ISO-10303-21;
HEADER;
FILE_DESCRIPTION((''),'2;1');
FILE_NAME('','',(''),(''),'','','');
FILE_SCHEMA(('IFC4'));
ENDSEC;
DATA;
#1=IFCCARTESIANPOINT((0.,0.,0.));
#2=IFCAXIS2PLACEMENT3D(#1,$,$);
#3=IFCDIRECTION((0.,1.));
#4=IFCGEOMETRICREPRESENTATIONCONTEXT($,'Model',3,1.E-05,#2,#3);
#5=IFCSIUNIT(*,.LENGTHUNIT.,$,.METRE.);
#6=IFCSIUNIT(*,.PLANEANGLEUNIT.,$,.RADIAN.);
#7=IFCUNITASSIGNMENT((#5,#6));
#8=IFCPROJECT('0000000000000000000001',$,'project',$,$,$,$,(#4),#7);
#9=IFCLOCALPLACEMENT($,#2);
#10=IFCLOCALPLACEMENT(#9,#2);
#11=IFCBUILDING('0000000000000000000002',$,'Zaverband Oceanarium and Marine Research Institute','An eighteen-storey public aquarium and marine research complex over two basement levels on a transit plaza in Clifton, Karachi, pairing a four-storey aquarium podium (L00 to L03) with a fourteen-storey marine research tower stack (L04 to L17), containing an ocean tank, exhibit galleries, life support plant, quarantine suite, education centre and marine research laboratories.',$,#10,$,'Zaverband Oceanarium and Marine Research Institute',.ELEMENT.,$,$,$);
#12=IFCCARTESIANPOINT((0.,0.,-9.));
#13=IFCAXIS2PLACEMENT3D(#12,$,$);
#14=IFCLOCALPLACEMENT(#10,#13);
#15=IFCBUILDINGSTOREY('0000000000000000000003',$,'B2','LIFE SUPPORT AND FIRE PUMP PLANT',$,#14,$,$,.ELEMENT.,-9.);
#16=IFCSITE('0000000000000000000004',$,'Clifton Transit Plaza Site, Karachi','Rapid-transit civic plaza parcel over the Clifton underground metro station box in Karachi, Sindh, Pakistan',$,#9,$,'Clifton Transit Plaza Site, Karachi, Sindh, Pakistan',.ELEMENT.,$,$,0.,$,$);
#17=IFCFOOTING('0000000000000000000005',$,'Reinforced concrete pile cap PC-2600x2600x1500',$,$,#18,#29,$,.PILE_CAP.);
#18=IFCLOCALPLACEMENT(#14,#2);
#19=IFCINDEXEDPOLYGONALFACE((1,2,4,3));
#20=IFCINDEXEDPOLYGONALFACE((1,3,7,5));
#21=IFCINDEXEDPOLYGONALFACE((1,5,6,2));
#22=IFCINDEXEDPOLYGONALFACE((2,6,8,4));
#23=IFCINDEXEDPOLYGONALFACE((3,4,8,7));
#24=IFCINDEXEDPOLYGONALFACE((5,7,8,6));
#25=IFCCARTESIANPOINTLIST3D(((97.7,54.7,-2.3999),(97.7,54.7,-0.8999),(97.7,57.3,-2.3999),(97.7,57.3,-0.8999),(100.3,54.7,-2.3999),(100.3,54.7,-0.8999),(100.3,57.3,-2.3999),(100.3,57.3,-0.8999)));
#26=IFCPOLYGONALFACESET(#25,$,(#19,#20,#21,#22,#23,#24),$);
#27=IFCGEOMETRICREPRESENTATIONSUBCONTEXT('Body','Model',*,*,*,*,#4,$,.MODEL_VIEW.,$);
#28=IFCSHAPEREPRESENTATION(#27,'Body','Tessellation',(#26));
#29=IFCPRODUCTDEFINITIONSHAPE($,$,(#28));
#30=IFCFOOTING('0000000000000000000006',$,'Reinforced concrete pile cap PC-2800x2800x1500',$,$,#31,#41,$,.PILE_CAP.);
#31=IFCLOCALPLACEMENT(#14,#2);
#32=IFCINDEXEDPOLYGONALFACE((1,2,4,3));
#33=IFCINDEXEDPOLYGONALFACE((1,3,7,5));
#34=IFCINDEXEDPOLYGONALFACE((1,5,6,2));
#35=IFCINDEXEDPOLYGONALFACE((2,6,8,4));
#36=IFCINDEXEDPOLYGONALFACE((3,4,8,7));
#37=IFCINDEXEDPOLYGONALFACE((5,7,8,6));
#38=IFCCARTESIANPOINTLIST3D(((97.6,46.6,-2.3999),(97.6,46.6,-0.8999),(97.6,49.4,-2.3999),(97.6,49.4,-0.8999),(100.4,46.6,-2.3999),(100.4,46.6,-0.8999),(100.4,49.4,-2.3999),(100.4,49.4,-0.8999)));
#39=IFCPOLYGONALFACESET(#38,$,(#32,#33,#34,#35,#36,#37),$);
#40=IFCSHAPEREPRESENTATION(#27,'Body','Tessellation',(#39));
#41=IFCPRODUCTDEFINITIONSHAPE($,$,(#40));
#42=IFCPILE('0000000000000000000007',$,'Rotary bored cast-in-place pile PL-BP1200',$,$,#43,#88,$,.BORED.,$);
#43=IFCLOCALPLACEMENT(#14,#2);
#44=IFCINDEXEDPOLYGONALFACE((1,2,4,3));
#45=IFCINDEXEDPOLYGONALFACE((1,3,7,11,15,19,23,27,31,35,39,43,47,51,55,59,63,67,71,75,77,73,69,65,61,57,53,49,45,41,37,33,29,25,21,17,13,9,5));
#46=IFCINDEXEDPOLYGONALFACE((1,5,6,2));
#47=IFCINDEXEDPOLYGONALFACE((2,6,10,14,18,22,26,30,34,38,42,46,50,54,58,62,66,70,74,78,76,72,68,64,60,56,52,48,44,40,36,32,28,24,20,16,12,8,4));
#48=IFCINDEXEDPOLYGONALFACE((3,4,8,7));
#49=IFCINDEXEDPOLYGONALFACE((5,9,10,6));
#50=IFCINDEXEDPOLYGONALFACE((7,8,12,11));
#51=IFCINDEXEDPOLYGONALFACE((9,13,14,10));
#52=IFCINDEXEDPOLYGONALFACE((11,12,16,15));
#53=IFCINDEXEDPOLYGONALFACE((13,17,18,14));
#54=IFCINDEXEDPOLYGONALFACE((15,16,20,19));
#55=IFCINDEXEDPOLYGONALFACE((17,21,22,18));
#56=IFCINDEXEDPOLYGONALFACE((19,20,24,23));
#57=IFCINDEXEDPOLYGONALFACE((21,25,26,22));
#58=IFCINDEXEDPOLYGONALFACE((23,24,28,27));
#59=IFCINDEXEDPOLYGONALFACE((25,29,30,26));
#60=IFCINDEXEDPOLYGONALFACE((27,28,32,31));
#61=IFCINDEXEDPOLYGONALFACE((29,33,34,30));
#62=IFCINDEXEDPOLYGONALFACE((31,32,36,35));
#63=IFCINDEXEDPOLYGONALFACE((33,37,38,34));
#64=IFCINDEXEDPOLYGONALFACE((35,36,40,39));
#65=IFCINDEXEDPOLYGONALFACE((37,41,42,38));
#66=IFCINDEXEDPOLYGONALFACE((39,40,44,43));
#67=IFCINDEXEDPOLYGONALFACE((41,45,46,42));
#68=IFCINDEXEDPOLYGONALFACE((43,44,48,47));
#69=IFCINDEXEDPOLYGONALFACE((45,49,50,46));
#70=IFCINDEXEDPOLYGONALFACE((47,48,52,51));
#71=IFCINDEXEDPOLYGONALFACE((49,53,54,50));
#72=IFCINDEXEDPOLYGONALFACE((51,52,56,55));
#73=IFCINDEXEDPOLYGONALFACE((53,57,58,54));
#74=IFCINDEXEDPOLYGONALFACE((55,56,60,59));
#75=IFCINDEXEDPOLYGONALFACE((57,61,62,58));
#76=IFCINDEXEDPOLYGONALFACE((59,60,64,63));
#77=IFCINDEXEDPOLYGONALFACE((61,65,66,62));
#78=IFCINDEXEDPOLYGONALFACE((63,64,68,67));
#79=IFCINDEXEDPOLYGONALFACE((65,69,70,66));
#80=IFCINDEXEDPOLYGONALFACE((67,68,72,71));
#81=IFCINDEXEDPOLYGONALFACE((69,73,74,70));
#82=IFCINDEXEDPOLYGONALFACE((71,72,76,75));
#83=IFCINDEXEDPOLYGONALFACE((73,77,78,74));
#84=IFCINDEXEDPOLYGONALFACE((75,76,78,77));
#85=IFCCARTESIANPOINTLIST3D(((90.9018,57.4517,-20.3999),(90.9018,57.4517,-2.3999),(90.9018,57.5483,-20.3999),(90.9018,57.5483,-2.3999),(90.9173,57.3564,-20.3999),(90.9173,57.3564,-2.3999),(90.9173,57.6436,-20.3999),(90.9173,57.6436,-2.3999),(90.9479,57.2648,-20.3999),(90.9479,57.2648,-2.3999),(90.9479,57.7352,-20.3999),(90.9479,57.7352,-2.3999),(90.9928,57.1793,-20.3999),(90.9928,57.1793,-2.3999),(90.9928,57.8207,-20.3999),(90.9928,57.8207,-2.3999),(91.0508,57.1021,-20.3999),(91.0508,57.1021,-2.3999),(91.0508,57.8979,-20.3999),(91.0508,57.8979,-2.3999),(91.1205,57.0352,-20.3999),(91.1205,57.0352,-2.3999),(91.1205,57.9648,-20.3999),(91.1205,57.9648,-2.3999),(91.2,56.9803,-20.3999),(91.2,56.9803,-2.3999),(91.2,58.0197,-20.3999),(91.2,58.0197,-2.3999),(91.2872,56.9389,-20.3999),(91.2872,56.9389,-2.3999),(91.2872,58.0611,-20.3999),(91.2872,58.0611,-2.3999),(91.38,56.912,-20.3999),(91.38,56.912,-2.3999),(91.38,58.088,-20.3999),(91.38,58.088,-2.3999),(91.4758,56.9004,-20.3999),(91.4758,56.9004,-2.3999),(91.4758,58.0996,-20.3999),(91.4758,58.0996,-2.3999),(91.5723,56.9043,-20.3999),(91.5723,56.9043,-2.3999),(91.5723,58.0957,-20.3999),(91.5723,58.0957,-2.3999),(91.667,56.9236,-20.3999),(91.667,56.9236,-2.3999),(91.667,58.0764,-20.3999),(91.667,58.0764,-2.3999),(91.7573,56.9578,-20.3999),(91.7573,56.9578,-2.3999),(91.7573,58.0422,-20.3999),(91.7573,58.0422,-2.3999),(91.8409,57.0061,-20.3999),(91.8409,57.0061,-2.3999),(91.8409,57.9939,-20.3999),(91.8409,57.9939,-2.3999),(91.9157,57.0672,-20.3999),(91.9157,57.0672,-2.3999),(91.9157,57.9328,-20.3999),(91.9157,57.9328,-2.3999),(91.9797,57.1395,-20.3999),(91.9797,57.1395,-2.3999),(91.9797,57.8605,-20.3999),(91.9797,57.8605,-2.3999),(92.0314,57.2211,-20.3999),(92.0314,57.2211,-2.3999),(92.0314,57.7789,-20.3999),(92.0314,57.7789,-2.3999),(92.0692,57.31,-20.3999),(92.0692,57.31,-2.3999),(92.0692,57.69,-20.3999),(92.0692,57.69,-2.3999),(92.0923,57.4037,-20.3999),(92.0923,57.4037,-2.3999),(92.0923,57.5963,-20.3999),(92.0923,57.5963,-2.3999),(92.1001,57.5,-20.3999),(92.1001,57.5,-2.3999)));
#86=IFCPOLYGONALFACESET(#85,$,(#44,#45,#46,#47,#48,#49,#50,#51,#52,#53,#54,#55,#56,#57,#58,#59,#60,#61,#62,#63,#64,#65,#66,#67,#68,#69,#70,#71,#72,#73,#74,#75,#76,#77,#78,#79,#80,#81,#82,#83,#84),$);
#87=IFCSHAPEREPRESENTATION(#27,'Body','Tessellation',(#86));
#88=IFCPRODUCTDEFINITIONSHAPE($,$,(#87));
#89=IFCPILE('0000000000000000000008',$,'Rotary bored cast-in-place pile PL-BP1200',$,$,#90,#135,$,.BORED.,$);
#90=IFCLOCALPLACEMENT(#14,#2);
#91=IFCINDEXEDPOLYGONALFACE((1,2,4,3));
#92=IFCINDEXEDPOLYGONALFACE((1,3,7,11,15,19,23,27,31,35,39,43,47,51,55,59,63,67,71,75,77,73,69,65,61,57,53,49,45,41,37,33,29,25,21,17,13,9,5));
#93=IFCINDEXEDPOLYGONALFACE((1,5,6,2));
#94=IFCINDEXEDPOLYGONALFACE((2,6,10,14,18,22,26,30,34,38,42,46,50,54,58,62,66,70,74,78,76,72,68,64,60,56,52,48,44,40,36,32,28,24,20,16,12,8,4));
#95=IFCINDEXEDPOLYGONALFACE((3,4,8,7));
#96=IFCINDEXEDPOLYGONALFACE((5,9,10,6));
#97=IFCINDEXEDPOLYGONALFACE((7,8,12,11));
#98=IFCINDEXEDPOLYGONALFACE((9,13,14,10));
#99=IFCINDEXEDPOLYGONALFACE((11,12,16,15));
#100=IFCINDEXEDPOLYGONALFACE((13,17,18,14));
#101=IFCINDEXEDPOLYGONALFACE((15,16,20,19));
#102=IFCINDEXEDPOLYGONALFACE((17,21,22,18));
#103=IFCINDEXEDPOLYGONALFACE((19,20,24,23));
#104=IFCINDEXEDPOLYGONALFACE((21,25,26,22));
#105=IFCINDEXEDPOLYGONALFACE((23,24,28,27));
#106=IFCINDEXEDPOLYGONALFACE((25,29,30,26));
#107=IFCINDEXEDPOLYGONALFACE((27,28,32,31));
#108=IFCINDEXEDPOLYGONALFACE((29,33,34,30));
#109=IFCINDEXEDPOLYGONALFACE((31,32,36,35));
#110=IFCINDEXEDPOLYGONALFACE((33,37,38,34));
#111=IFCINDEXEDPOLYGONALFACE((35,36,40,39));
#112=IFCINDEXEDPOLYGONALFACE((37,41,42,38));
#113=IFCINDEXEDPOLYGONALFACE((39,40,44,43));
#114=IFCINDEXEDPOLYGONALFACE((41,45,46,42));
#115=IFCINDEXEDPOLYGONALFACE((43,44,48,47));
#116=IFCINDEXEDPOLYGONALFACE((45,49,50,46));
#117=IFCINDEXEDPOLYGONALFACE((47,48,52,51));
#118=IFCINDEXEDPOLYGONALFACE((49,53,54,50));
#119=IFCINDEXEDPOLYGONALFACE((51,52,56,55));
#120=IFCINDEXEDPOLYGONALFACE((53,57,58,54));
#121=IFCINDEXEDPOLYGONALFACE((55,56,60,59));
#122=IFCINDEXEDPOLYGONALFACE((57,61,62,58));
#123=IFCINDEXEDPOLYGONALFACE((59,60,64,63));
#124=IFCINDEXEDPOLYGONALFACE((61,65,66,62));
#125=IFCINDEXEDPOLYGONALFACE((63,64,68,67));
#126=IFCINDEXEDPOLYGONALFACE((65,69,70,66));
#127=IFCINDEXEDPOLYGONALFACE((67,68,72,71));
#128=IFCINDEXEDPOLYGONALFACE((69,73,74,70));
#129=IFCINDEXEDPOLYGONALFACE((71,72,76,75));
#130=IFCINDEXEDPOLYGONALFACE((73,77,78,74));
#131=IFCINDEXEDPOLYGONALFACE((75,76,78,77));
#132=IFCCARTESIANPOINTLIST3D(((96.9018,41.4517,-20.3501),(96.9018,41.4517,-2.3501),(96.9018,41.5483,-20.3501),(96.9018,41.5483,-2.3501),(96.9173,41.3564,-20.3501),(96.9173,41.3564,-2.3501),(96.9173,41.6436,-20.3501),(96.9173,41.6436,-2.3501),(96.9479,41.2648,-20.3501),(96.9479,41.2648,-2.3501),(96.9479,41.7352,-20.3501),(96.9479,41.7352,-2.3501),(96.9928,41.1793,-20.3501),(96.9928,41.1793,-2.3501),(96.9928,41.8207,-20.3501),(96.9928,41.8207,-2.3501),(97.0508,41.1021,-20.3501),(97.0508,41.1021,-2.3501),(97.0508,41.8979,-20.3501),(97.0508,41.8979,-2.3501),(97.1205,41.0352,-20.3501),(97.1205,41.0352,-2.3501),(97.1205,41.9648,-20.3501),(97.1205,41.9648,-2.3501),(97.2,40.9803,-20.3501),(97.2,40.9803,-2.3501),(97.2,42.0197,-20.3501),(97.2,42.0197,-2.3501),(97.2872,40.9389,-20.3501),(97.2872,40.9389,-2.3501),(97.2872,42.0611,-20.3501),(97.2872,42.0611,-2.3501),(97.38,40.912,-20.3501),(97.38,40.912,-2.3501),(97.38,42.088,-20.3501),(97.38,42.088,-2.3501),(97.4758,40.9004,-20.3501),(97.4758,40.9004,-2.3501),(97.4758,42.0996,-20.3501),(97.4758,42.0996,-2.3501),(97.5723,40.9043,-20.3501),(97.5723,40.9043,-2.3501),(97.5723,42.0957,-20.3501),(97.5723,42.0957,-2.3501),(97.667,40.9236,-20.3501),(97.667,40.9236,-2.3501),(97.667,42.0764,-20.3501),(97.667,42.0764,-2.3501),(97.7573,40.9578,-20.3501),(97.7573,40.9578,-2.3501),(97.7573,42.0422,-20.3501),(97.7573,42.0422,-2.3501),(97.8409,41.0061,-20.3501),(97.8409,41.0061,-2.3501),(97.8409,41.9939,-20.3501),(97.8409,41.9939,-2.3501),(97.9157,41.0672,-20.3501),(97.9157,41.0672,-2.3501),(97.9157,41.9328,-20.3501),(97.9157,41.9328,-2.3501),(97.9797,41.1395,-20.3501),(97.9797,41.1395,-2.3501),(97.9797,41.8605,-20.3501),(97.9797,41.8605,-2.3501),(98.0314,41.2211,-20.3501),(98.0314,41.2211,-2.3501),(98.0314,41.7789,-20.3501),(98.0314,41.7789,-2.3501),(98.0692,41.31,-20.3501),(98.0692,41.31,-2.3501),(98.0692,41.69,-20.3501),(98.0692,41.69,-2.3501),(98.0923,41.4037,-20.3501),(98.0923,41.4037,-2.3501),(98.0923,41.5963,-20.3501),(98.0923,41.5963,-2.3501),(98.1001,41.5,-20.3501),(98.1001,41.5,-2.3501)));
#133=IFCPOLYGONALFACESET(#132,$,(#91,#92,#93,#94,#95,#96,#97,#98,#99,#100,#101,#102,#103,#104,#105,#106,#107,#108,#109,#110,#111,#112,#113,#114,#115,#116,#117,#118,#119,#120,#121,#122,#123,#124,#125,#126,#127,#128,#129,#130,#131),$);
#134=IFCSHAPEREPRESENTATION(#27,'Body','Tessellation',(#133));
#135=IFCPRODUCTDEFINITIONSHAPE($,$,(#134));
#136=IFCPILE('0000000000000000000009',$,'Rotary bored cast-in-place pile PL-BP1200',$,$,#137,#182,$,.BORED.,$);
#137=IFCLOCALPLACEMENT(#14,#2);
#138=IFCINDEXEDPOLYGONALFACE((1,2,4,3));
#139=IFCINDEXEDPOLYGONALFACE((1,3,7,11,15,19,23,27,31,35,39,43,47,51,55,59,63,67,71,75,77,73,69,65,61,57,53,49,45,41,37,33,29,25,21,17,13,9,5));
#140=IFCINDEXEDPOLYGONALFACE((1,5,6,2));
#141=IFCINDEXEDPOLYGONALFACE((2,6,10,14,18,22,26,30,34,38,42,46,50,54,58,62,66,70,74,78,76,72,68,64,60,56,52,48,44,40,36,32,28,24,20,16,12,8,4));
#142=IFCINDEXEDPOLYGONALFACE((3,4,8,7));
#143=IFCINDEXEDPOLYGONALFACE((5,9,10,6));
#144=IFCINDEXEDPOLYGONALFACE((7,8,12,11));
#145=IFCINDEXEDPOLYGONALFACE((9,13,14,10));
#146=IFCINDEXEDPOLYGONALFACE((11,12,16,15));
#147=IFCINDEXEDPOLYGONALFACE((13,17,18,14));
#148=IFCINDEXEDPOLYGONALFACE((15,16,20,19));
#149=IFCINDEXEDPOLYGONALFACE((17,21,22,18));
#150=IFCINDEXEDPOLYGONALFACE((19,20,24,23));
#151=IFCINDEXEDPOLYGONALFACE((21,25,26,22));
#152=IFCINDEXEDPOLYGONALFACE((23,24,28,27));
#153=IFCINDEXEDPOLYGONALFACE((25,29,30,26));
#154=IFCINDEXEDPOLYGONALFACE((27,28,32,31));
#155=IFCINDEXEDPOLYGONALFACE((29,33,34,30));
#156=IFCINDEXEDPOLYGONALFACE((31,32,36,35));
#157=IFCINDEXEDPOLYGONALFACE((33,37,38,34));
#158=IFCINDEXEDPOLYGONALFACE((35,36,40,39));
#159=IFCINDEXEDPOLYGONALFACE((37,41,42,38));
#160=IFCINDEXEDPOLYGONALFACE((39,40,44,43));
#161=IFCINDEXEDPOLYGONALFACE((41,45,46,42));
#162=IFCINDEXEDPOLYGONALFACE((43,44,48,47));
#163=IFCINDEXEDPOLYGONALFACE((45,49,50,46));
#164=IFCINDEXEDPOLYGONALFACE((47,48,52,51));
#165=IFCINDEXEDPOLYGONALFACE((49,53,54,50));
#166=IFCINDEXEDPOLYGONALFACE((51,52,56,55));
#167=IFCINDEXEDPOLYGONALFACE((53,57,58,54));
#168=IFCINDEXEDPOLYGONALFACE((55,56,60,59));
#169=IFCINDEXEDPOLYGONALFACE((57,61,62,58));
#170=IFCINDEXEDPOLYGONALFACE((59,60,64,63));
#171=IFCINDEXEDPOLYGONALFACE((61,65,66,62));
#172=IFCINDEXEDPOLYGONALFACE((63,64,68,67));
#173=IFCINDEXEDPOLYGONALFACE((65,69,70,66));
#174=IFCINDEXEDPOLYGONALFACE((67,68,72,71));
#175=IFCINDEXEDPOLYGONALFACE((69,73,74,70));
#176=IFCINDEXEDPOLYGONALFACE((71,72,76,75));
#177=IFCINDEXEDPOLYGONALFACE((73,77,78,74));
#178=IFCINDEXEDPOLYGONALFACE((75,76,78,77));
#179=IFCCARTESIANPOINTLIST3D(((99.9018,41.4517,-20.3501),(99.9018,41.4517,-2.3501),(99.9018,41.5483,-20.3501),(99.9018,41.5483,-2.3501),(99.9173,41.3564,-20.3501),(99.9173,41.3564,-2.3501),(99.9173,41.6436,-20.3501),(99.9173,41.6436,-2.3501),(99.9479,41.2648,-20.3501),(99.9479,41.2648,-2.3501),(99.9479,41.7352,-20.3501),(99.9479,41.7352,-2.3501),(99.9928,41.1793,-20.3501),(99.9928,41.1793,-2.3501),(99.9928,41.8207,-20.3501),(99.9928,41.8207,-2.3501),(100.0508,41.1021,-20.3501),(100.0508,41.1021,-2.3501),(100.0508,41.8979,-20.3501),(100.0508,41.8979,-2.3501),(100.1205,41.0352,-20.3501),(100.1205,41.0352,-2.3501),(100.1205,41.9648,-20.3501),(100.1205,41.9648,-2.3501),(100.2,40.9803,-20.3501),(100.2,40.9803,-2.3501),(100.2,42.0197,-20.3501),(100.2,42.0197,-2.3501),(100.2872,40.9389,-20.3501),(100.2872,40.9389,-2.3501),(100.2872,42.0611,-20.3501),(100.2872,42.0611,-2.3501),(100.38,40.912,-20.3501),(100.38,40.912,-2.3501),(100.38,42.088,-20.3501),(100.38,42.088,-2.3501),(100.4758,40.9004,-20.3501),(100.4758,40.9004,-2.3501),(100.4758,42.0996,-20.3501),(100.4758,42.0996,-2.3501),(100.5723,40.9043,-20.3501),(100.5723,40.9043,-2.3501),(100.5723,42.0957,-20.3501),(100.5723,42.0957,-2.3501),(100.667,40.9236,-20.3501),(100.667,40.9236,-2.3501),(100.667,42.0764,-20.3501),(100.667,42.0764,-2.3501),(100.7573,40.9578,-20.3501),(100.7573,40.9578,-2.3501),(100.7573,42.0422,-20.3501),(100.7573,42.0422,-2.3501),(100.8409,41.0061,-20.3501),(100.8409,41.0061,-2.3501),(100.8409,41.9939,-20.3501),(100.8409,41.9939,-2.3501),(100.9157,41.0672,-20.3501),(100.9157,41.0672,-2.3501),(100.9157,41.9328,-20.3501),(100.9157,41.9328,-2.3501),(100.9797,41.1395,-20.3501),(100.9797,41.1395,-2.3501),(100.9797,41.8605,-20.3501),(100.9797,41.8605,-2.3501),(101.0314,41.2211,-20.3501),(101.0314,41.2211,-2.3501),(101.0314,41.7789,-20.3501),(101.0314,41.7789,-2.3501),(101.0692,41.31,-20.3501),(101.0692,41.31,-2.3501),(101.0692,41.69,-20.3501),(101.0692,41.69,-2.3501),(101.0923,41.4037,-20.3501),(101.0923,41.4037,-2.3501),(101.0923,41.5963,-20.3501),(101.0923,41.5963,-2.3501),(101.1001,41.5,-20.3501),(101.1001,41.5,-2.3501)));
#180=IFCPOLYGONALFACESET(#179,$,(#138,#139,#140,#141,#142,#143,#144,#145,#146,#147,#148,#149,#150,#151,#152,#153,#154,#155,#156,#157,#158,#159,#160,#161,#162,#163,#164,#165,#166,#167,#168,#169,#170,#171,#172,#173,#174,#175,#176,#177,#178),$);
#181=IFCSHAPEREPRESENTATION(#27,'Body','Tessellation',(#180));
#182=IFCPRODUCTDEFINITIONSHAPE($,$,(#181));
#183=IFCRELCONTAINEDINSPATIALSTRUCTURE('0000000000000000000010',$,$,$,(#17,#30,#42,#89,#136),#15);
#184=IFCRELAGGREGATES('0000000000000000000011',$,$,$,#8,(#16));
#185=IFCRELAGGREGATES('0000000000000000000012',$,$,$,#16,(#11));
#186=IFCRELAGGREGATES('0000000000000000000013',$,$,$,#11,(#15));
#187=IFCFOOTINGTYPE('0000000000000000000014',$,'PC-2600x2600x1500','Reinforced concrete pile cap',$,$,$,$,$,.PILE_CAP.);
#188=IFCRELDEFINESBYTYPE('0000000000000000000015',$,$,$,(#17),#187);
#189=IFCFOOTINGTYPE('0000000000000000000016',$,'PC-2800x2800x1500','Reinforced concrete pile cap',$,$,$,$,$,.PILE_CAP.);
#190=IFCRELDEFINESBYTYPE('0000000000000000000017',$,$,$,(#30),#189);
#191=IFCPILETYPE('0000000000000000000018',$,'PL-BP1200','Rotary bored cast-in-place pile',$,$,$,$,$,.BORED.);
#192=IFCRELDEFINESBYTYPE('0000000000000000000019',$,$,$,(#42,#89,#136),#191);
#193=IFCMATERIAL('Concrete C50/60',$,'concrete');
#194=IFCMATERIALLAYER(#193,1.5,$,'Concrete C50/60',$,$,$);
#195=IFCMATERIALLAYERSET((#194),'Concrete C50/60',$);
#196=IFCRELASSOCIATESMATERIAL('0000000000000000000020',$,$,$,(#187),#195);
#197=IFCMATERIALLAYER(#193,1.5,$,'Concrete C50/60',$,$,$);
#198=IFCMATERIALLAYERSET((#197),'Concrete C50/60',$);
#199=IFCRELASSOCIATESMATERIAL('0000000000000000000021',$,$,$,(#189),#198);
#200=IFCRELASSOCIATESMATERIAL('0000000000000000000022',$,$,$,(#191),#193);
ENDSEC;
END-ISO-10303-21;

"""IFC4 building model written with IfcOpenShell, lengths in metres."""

from ifc_helpers import new_model, si_unit, direction, frame, origin, origin_2d, place, context, subcontext, project, spatial, rectangle, circle, extrude, material, layer, layer_set, material_profile, profile_set, type_object, element, save


model = new_model("IFC4")

# Units and contexts
model_context = context("Model", 3, precision=1e-05, world=origin(), true_north=direction((0.0, 1.0)))
body_context = subcontext(model_context, "Body", "Model", "MODEL_VIEW")
ifc_project = project(units=[si_unit("LENGTHUNIT", "METRE"), si_unit("PLANEANGLEUNIT", "RADIAN")], contexts=[model_context])

# Site, building, storey
site_placement = place(None, origin())
site = spatial("IfcSite", under=ifc_project, at=site_placement, Name="Clifton Transit Plaza Site, Karachi", Description="Rapid-transit civic plaza parcel over the Clifton underground metro station box in Karachi, Sindh, Pakistan", LongName="Clifton Transit Plaza Site, Karachi, Sindh, Pakistan", CompositionType="ELEMENT", RefElevation=0.0)
building_placement = place(site_placement, origin())
building = spatial("IfcBuilding", under=site, at=building_placement, Name="Zaverband Oceanarium and Marine Research Institute", Description="An eighteen-storey public aquarium and marine research complex over two basement levels on a transit plaza in Clifton, Karachi, pairing a four-storey aquarium podium (L00 to L03) with a fourteen-storey marine research tower stack (L04 to L17), containing an ocean tank, exhibit galleries, life support plant, quarantine suite, education centre and marine research laboratories.", LongName="Zaverband Oceanarium and Marine Research Institute", CompositionType="ELEMENT")
storey_placement = place(building_placement, frame((0.0, 0.0, -9.0)))
storey = spatial("IfcBuildingStorey", under=building, at=storey_placement, Name="B2", Description="LIFE SUPPORT AND FIRE PUMP PLANT", CompositionType="ELEMENT", Elevation=-9.0)

# Footings
ifc_material_1 = material(Name="Concrete C50/60", Category="concrete")
ifc_layer_1 = layer(ifc_material_1, 1.5, Name="Concrete C50/60")
ifc_layer_set_1 = layer_set([ifc_layer_1], Name="Concrete C50/60")
footing_type_1 = type_object("IfcFootingType", Name="PC-2600x2600x1500", Description="Reinforced concrete pile cap", PredefinedType="PILE_CAP", material=ifc_layer_set_1)
footing_1_placement = place(storey_placement, frame((99.0, 56.0, -2.3999), z_axis=(0.0, 0.0, 1.0), x_axis=(1.0, 0.0, 0.0)))
element("IfcFooting", 1, at=footing_1_placement, inside=storey, type_object=footing_type_1, Name="Reinforced concrete pile cap PC-2600x2600x1500", PredefinedType="PILE_CAP", context=body_context, shape_type="SweptSolid", body=[
    extrude(rectangle(XDim=2.6001, YDim=2.6001, at=origin_2d()), origin(), (0.0, 0.0, 1.0), 1.5),
])
ifc_layer_2 = layer(ifc_material_1, 1.5, Name="Concrete C50/60")
ifc_layer_set_2 = layer_set([ifc_layer_2], Name="Concrete C50/60")
footing_type_2 = type_object("IfcFootingType", Name="PC-2800x2800x1500", Description="Reinforced concrete pile cap", PredefinedType="PILE_CAP", material=ifc_layer_set_2)
footing_2_placement = place(storey_placement, frame((99.0, 48.0, -2.3999), z_axis=(0.0, 0.0, 1.0), x_axis=(1.0, 0.0, 0.0)))
element("IfcFooting", 2, at=footing_2_placement, inside=storey, type_object=footing_type_2, Name="Reinforced concrete pile cap PC-2800x2800x1500", PredefinedType="PILE_CAP", context=body_context, shape_type="SweptSolid", body=[
    extrude(rectangle(XDim=2.8, YDim=2.8, at=origin_2d()), origin(), (0.0, 0.0, 1.0), 1.5),
])

# Piles
ifc_material_profile_1 = material_profile(ifc_material_1, circle(Radius=0.6001, at=origin_2d()), Name="BP1200")
ifc_profile_set_1 = profile_set([ifc_material_profile_1], Name="Concrete C50/60")
pile_type = type_object("IfcPileType", Name="PL-BP1200", Description="Rotary bored cast-in-place pile", PredefinedType="BORED", material=ifc_profile_set_1)
for number, where, z_axis, x_axis, name in (
    (3, (91.5, 57.5, -2.3999), (0.0, 0.0, -1.0), (1.0, 0.0, 0.0), "Rotary bored cast-in-place pile PL-BP1200"),
    (4, (97.5, 41.5, -2.3501), (0.0, 0.0, -1.0), (1.0, 0.0, 0.0), "Rotary bored cast-in-place pile PL-BP1200"),
    (5, (100.5, 41.5, -2.3501), (0.0, 0.0, -1.0), (1.0, 0.0, 0.0), "Rotary bored cast-in-place pile PL-BP1200"),
):
    element("IfcPile", number, at=place(storey_placement, frame(where, z_axis=z_axis, x_axis=x_axis)), inside=storey, type_object=pile_type, Name=name, PredefinedType="BORED", context=body_context, shape_type="SweptSolid", body=[
        extrude(circle(Radius=0.6001, at=origin_2d()), origin(), (0.0, 0.0, 1.0), 18.0),
    ])

save(model, "model.ifc")
